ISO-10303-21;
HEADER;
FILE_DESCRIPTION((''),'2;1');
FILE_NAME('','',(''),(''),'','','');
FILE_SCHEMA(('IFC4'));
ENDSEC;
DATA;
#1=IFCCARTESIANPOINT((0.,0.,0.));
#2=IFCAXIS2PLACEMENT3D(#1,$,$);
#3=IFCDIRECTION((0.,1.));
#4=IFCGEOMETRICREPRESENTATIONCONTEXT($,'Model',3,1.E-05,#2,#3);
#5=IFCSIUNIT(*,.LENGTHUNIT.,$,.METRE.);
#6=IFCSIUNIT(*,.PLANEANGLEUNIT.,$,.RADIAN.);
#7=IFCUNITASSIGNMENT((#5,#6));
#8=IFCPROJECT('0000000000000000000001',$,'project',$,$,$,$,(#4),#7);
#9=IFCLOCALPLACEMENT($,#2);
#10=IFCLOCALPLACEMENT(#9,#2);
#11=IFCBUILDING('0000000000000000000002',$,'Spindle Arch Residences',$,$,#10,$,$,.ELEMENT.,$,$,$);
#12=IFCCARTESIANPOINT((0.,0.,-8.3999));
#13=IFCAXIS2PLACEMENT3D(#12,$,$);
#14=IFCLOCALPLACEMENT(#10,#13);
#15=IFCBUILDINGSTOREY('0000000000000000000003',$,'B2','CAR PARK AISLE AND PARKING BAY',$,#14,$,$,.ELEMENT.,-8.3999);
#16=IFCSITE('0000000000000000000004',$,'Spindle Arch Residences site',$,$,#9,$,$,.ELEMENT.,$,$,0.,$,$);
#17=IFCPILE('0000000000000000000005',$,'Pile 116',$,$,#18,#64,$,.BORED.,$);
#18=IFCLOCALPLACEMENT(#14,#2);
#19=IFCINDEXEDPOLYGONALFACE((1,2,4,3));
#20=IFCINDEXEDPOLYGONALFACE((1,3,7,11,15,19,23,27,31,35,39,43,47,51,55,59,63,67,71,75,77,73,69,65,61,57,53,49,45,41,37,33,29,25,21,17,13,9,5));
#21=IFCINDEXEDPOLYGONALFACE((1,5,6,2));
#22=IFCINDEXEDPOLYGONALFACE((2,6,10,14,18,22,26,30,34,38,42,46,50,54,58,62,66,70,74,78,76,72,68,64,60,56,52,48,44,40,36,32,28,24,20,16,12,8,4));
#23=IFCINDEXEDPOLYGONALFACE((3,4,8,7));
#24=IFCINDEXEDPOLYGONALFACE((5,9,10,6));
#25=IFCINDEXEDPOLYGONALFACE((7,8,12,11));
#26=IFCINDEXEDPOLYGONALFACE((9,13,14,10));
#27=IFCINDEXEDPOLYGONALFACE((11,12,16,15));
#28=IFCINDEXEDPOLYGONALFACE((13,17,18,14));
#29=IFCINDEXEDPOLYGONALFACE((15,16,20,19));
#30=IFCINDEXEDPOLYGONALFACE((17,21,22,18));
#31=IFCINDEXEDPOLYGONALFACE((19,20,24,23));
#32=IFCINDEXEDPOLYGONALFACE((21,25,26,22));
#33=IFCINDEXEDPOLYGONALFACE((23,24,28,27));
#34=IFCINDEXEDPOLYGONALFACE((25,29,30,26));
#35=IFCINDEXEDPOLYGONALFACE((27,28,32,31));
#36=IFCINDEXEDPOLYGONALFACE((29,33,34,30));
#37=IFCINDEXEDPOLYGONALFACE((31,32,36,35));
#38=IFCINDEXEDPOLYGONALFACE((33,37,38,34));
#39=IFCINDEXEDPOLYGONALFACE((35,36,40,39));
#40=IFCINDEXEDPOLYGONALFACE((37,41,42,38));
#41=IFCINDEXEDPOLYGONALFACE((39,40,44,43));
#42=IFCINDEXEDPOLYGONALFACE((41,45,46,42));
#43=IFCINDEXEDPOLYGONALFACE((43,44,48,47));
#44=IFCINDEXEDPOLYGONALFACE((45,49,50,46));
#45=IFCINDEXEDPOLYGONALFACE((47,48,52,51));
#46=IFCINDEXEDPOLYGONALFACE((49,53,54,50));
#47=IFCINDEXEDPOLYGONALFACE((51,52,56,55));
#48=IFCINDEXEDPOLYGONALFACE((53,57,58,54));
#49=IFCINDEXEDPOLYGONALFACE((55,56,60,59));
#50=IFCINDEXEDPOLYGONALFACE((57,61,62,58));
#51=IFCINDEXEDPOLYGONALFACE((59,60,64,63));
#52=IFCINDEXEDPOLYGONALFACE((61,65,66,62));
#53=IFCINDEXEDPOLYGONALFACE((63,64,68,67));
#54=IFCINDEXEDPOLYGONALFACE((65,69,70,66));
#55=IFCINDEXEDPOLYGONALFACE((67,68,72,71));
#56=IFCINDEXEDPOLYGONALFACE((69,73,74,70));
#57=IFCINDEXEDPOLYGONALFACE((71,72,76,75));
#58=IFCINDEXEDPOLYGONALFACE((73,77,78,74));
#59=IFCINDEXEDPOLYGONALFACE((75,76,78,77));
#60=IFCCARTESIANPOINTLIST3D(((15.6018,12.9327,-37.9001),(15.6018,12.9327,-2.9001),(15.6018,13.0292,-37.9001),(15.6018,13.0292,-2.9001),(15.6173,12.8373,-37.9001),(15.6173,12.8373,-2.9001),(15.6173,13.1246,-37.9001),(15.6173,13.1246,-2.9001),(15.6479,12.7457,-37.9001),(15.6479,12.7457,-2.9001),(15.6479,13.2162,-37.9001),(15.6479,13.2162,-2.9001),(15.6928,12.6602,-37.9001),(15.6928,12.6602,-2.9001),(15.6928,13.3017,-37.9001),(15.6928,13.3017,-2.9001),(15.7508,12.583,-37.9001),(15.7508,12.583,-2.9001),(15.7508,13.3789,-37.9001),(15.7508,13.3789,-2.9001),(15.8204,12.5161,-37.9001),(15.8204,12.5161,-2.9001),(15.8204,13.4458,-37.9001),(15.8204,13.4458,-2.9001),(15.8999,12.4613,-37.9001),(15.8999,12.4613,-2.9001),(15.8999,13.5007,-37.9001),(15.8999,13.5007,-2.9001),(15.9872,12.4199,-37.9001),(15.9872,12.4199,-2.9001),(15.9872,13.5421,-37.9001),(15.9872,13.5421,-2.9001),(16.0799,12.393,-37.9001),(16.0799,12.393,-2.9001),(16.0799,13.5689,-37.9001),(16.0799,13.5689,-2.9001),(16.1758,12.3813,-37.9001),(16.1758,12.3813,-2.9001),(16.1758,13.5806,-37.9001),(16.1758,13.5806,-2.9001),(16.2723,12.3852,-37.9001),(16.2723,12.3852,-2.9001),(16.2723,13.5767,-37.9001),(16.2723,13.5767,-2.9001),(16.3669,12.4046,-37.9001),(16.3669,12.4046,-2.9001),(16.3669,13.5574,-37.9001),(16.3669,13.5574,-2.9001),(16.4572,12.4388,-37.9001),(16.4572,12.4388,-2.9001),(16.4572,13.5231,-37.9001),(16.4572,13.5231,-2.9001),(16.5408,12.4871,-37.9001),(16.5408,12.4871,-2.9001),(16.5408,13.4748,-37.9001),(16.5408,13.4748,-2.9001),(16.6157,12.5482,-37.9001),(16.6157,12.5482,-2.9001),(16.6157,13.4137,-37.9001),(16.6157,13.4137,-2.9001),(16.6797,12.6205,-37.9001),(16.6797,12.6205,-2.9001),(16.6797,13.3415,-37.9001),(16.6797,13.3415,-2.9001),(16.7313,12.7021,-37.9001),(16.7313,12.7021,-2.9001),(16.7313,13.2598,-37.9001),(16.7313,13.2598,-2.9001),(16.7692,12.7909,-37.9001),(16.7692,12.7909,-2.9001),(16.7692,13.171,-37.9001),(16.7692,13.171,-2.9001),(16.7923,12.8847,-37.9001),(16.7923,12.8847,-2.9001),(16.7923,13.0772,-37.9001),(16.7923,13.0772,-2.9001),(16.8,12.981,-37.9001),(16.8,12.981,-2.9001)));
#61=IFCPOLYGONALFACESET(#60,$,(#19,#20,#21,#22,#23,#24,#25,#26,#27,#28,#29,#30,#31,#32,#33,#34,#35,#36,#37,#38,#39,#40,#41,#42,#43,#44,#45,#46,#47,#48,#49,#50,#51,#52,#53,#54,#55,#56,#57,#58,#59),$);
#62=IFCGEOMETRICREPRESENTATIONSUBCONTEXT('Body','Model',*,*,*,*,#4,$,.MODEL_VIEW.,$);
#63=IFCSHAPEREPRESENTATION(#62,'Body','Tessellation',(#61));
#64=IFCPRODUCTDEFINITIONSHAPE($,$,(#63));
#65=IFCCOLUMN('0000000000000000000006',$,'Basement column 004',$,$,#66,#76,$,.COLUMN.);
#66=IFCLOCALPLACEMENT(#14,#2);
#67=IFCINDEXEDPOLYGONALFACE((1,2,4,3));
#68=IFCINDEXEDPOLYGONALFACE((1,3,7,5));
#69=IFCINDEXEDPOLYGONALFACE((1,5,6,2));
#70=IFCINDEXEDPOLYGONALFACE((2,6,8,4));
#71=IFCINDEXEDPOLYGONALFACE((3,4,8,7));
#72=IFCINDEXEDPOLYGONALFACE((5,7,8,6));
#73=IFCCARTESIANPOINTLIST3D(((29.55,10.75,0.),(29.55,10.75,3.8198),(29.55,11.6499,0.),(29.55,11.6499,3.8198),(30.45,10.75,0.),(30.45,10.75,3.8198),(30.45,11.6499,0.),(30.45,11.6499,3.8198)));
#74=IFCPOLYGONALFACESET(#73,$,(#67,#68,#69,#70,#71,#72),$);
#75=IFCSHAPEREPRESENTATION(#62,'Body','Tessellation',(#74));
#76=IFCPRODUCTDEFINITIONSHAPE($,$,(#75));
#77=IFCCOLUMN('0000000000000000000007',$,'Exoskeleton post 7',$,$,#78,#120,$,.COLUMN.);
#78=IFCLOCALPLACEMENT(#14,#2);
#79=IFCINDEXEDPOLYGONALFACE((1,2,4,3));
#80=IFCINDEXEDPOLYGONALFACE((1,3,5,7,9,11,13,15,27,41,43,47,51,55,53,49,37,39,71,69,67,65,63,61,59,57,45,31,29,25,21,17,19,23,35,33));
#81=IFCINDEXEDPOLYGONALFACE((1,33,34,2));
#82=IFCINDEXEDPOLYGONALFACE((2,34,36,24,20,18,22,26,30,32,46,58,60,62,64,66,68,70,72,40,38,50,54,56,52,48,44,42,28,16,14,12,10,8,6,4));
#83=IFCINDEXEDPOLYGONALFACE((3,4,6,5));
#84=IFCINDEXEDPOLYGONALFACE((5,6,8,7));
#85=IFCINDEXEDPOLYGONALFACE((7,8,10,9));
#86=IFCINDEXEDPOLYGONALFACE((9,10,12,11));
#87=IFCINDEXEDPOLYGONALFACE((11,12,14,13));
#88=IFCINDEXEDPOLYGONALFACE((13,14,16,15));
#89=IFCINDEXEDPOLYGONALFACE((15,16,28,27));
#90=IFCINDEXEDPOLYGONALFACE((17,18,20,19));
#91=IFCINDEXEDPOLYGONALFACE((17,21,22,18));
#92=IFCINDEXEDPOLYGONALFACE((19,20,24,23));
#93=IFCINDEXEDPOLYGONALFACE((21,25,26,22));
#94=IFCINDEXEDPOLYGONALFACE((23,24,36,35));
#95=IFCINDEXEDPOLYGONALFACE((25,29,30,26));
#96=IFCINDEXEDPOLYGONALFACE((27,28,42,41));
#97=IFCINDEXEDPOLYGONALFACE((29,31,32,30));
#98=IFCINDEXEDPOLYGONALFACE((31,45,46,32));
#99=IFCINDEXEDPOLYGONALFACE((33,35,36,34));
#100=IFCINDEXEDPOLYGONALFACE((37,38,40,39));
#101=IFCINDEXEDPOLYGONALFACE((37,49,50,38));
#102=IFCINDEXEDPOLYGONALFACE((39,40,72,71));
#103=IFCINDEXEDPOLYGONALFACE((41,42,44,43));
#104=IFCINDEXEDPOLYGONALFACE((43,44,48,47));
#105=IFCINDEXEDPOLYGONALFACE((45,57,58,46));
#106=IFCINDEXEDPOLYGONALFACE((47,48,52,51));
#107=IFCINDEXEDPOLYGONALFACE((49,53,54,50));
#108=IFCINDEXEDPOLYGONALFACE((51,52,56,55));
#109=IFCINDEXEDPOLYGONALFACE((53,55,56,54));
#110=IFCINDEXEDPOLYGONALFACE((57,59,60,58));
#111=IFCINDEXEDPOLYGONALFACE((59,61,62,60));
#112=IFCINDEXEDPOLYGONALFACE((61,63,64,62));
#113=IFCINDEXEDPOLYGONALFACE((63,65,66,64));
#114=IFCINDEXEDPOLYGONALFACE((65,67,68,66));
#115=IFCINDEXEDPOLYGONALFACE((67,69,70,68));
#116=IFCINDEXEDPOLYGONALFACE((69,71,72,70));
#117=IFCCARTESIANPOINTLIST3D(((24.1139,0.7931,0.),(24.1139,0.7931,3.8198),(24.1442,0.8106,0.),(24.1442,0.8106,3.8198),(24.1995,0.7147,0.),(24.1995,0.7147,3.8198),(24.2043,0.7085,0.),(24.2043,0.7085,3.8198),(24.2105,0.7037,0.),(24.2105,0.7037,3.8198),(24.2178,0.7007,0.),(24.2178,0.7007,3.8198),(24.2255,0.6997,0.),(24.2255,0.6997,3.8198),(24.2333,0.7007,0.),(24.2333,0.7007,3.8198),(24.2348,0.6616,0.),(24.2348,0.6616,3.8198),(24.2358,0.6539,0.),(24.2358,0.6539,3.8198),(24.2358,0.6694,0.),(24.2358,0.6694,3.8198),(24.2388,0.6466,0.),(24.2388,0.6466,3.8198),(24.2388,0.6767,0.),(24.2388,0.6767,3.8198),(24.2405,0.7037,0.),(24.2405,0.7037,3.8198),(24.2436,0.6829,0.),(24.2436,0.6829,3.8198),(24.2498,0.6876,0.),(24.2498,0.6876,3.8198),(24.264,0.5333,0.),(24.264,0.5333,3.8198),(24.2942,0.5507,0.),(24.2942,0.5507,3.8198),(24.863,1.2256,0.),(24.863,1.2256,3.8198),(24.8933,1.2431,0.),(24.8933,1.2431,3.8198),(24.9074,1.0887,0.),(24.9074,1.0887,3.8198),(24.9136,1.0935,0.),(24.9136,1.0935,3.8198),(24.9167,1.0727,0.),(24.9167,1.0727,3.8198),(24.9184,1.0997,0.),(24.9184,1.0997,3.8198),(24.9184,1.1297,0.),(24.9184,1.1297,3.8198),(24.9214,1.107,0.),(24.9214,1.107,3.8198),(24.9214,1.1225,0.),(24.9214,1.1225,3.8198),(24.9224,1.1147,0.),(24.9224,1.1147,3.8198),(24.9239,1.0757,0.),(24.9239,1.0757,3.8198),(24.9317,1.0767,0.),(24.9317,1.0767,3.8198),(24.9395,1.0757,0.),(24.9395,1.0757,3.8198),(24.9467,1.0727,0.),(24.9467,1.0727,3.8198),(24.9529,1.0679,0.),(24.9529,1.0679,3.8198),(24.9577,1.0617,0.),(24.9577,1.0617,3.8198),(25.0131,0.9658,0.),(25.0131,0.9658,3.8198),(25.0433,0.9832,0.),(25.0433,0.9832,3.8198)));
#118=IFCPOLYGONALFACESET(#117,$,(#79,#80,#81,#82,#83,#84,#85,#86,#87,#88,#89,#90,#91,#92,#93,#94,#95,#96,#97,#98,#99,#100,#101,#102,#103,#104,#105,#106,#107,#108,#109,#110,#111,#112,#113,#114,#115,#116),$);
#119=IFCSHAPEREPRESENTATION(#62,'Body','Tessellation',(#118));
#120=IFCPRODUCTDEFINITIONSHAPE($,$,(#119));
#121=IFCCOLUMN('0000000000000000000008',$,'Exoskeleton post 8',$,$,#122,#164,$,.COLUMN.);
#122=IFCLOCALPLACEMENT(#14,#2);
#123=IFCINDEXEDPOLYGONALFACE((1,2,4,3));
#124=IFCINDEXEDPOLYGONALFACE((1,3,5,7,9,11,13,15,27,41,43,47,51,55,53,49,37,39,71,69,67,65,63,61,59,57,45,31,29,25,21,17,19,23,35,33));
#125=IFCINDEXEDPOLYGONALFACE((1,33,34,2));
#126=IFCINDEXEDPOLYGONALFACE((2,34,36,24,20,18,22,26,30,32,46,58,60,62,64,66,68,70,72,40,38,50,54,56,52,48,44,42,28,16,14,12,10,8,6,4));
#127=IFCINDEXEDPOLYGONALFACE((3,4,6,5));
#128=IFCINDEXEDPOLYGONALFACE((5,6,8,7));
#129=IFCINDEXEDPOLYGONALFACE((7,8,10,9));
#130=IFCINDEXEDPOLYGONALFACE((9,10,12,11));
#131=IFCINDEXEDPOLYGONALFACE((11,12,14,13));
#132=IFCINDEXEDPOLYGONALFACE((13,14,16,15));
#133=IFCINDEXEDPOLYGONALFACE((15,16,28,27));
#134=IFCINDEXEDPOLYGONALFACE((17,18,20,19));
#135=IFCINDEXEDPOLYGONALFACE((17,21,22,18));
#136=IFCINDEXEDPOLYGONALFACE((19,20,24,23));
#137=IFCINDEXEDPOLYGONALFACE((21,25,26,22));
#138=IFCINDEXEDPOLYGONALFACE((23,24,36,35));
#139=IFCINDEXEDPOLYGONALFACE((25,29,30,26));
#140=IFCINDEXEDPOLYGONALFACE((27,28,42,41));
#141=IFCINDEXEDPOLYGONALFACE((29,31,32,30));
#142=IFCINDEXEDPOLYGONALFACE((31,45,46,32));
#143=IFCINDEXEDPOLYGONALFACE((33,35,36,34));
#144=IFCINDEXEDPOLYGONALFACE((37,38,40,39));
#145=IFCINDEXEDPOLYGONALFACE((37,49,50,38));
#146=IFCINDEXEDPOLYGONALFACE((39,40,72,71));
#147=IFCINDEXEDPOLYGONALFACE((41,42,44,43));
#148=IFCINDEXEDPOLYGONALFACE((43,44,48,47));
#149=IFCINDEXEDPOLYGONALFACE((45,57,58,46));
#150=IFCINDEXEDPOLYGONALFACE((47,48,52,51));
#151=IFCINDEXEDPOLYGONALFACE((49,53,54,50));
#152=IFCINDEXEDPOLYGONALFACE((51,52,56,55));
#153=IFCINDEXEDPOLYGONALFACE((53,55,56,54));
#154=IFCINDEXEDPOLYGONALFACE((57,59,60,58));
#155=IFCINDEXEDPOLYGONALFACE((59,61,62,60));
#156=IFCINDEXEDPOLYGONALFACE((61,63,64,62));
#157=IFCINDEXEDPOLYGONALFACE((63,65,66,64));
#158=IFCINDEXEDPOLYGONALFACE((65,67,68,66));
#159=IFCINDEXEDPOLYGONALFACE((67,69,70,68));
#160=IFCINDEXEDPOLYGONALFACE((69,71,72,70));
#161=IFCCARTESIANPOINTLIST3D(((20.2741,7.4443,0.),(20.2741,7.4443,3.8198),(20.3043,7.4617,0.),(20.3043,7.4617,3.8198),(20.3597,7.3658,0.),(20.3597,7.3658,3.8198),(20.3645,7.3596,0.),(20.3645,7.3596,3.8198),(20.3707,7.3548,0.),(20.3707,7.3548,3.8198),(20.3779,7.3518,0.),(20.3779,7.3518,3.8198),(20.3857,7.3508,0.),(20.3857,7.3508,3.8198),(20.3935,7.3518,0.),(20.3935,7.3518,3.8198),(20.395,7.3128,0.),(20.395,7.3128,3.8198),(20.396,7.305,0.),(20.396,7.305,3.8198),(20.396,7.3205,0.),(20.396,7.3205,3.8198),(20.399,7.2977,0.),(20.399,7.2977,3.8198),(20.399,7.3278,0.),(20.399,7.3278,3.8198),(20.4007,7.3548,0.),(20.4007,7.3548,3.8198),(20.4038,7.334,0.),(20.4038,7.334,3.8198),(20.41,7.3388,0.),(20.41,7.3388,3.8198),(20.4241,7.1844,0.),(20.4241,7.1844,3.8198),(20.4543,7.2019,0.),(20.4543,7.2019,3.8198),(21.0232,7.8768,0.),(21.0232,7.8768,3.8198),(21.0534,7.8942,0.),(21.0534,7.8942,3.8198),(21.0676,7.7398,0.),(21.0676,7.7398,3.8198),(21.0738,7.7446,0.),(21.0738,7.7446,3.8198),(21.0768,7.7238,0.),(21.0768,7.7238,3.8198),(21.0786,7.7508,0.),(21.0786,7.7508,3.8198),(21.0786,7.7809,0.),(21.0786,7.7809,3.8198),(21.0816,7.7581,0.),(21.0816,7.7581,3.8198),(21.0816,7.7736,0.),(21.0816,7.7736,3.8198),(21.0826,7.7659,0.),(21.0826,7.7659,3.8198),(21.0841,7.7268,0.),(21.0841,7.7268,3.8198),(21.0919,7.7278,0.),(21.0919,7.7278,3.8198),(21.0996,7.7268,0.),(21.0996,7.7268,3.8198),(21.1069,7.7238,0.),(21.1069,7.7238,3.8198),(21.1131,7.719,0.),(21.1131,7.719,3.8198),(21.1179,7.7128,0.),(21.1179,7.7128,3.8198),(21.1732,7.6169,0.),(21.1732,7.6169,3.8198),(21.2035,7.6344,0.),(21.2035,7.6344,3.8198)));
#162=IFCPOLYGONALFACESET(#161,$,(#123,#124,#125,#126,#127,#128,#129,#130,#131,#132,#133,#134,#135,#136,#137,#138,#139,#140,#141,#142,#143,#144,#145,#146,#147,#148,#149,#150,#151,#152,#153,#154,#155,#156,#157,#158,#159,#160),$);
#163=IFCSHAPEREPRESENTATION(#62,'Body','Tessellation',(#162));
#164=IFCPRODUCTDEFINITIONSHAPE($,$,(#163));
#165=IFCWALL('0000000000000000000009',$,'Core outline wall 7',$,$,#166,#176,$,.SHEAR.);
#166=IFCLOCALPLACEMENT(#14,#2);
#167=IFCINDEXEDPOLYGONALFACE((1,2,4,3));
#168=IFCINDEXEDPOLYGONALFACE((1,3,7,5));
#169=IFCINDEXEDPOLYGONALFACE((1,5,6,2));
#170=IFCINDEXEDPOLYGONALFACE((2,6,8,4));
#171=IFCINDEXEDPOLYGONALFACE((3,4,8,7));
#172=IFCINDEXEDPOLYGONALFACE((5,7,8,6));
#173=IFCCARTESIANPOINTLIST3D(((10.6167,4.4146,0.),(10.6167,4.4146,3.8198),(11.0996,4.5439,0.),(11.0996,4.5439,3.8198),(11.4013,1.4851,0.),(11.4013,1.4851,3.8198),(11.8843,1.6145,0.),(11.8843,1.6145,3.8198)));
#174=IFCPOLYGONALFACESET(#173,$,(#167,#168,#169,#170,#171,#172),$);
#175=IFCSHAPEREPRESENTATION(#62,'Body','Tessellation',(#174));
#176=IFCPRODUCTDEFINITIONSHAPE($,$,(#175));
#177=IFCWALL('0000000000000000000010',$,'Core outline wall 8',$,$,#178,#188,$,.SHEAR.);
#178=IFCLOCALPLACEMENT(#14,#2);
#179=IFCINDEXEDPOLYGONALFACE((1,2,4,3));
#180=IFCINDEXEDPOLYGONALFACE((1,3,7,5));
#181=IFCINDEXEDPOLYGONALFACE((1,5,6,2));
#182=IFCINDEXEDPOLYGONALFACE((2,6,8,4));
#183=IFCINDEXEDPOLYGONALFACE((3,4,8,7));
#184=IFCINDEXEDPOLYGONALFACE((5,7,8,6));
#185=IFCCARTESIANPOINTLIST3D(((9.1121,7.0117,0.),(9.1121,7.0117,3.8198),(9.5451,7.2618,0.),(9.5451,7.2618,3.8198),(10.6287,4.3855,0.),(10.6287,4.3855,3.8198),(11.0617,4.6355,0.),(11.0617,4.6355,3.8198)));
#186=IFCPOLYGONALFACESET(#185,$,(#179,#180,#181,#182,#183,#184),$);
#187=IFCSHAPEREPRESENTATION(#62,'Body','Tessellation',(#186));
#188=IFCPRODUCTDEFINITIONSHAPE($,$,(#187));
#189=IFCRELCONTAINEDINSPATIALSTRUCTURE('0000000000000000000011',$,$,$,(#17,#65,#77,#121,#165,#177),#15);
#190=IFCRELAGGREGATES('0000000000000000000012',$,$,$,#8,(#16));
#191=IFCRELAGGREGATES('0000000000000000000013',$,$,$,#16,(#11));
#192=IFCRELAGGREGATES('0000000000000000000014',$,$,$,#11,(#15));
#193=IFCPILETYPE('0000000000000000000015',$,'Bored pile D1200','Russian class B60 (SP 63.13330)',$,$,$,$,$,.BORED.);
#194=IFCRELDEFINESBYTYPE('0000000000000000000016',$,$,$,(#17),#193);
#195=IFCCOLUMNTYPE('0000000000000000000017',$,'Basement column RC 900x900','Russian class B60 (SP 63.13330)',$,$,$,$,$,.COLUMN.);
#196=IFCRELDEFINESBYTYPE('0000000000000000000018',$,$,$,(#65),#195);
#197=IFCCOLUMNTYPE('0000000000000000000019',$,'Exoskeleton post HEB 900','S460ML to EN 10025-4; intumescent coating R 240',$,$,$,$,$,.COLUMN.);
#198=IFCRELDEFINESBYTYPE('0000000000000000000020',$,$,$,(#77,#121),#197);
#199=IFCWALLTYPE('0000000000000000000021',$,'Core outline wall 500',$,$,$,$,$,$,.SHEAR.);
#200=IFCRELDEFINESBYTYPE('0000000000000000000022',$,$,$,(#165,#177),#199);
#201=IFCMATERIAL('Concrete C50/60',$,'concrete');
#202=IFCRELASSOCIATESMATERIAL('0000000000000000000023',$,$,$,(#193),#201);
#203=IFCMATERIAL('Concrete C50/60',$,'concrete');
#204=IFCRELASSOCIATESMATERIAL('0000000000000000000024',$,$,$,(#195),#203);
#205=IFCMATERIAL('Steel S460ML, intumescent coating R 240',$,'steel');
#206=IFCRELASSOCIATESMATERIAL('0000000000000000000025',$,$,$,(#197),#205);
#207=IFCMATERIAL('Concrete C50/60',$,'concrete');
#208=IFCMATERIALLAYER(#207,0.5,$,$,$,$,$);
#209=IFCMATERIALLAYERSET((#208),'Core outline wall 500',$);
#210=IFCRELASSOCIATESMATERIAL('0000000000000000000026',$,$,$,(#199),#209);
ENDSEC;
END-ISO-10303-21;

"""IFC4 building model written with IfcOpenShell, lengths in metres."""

from ifc_helpers import new_model, si_unit, direction, frame, frame_2d, origin, origin_2d, place, context, subcontext, project, spatial, rectangle, circle, i_section, extrude, material, layer, layer_set, material_profile, profile_set, type_object, element, save


model = new_model("IFC4")

# Units and contexts
model_context = context("Model", 3, precision=1e-05, world=origin(), true_north=direction((0.0, 1.0)))
body_context = subcontext(model_context, "Body", "Model", "MODEL_VIEW")
ifc_project = project(units=[si_unit("LENGTHUNIT", "METRE"), si_unit("PLANEANGLEUNIT", "RADIAN")], contexts=[model_context])

# Site, building, storey
site_placement = place(None, origin())
site = spatial("IfcSite", under=ifc_project, at=site_placement, Name="Spindle Arch Residences site", CompositionType="ELEMENT", RefElevation=0.0)
building_placement = place(site_placement, origin())
building = spatial("IfcBuilding", under=site, at=building_placement, Name="Spindle Arch Residences", CompositionType="ELEMENT")
storey_placement = place(building_placement, frame((0.0, 0.0, -8.3999)))
storey = spatial("IfcBuildingStorey", under=building, at=storey_placement, Name="B2", Description="CAR PARK AISLE AND PARKING BAY", CompositionType="ELEMENT", Elevation=-8.3999)

# Pile
ifc_material_1 = material(Name="Concrete C50/60", Category="concrete")
ifc_material_profile_1 = material_profile(ifc_material_1, circle(Radius=0.6001, at=origin_2d()), Name="BP D1200")
ifc_profile_set_1 = profile_set([ifc_material_profile_1], Name="Concrete C50/60")
pile_type = type_object("IfcPileType", Name="Bored pile D1200", Description="Russian class B60 (SP 63.13330)", PredefinedType="BORED", material=ifc_profile_set_1)
for number, where, z_axis, x_axis, name in (
    (1, (16.2, 12.981, -2.9001), (0.0, 0.0, -1.0), (1.0, 0.0, 0.0), "Pile 116"),
):
    element("IfcPile", number, at=place(storey_placement, frame(where, z_axis=z_axis, x_axis=x_axis)), inside=storey, type_object=pile_type, Name=name, PredefinedType="BORED", context=body_context, shape_type="SweptSolid", body=[
        extrude(circle(Radius=0.6001, at=origin_2d()), origin(), (0.0, 0.0, 1.0), 35.0),
    ])

# Columns
ifc_material_2 = material(Name="Concrete C50/60", Category="concrete")
ifc_material_profile_2 = material_profile(ifc_material_2, rectangle(XDim=0.8999, YDim=0.8999, at=origin_2d()), Name="RC 900x900")
ifc_profile_set_2 = profile_set([ifc_material_profile_2], Name="Concrete C50/60")
column_type_1 = type_object("IfcColumnType", Name="Basement column RC 900x900", Description="Russian class B60 (SP 63.13330)", PredefinedType="COLUMN", material=ifc_profile_set_2)
column_placement = place(storey_placement, frame((30.0, 11.2, 0.0), z_axis=(0.0, 0.0, 1.0), x_axis=(1.0, 0.0, 0.0)))
element("IfcColumn", 2, at=column_placement, inside=storey, type_object=column_type_1, Name="Basement column 004", PredefinedType="COLUMN", context=body_context, shape_type="SweptSolid", body=[
    extrude(rectangle(XDim=0.8999, YDim=0.8999, at=origin_2d()), origin(), (0.0, 0.0, 1.0), 3.8198),
])
ifc_material_3 = material(Name="Steel S460ML, intumescent coating R 240", Category="steel")
ifc_material_profile_3 = material_profile(ifc_material_3, i_section(OverallWidth=0.3, OverallDepth=0.8999, WebThickness=0.0186, FlangeThickness=0.0349, FilletRadius=0.03, at=origin_2d()), Name="HEB 900")
ifc_profile_set_3 = profile_set([ifc_material_profile_3], Name="Steel S460ML, intumescent coating R 240")
column_type_2 = type_object("IfcColumnType", Name="Exoskeleton post HEB 900", Description="S460ML to EN 10025-4; intumescent coating R 240", PredefinedType="COLUMN", material=ifc_profile_set_3)
for number, where, z_axis, x_axis, name in (
    (3, (24.5786, 0.8882, 0.0), (0.0, 0.0, 1.0), (0.5, -0.866025, 0.0), "Exoskeleton post 7"),
    (4, (20.7388, 7.5393, 0.0), (0.0, 0.0, 1.0), (0.5, -0.866025, 0.0), "Exoskeleton post 8"),
):
    element("IfcColumn", number, at=place(storey_placement, frame(where, z_axis=z_axis, x_axis=x_axis)), inside=storey, type_object=column_type_2, Name=name, PredefinedType="COLUMN", context=body_context, shape_type="SweptSolid", body=[
        extrude(i_section(OverallWidth=0.3, OverallDepth=0.8999, WebThickness=0.0186, FlangeThickness=0.0349, FilletRadius=0.03, at=origin_2d()), origin(), (0.0, 0.0, 1.0), 3.8198),
    ])

# Walls
ifc_material_4 = material(Name="Concrete C50/60", Category="concrete")
ifc_layer_1 = layer(ifc_material_4, 0.5)
ifc_layer_set_1 = layer_set([ifc_layer_1], Name="Core outline wall 500")
wall_type_1 = type_object("IfcWallType", Name="Core outline wall 500", PredefinedType="SHEAR", material=ifc_layer_set_1)
for number, where, z_axis, x_axis, name in (
    (5, (11.6428, 1.5498, 0.0), (0.0, 0.0, 1.0), (-0.258735, 0.965948, 0.0), "Core outline wall 7"),
    (6, (10.8452, 4.5105, 0.0), (0.0, 0.0, 1.0), (-0.500087, 0.865975, 0.0), "Core outline wall 8"),
):
    element("IfcWall", number, at=place(storey_placement, frame(where, z_axis=z_axis, x_axis=x_axis)), inside=storey, type_object=wall_type_1, Name=name, PredefinedType="SHEAR", context=body_context, shape_type="SweptSolid", body=[
        extrude(rectangle(XDim=3.0327, YDim=0.5, at=frame_2d((1.5164, 0.0))), origin(), (0.0, 0.0, 1.0), 3.8198),
    ])

save(model, "model.ifc")
